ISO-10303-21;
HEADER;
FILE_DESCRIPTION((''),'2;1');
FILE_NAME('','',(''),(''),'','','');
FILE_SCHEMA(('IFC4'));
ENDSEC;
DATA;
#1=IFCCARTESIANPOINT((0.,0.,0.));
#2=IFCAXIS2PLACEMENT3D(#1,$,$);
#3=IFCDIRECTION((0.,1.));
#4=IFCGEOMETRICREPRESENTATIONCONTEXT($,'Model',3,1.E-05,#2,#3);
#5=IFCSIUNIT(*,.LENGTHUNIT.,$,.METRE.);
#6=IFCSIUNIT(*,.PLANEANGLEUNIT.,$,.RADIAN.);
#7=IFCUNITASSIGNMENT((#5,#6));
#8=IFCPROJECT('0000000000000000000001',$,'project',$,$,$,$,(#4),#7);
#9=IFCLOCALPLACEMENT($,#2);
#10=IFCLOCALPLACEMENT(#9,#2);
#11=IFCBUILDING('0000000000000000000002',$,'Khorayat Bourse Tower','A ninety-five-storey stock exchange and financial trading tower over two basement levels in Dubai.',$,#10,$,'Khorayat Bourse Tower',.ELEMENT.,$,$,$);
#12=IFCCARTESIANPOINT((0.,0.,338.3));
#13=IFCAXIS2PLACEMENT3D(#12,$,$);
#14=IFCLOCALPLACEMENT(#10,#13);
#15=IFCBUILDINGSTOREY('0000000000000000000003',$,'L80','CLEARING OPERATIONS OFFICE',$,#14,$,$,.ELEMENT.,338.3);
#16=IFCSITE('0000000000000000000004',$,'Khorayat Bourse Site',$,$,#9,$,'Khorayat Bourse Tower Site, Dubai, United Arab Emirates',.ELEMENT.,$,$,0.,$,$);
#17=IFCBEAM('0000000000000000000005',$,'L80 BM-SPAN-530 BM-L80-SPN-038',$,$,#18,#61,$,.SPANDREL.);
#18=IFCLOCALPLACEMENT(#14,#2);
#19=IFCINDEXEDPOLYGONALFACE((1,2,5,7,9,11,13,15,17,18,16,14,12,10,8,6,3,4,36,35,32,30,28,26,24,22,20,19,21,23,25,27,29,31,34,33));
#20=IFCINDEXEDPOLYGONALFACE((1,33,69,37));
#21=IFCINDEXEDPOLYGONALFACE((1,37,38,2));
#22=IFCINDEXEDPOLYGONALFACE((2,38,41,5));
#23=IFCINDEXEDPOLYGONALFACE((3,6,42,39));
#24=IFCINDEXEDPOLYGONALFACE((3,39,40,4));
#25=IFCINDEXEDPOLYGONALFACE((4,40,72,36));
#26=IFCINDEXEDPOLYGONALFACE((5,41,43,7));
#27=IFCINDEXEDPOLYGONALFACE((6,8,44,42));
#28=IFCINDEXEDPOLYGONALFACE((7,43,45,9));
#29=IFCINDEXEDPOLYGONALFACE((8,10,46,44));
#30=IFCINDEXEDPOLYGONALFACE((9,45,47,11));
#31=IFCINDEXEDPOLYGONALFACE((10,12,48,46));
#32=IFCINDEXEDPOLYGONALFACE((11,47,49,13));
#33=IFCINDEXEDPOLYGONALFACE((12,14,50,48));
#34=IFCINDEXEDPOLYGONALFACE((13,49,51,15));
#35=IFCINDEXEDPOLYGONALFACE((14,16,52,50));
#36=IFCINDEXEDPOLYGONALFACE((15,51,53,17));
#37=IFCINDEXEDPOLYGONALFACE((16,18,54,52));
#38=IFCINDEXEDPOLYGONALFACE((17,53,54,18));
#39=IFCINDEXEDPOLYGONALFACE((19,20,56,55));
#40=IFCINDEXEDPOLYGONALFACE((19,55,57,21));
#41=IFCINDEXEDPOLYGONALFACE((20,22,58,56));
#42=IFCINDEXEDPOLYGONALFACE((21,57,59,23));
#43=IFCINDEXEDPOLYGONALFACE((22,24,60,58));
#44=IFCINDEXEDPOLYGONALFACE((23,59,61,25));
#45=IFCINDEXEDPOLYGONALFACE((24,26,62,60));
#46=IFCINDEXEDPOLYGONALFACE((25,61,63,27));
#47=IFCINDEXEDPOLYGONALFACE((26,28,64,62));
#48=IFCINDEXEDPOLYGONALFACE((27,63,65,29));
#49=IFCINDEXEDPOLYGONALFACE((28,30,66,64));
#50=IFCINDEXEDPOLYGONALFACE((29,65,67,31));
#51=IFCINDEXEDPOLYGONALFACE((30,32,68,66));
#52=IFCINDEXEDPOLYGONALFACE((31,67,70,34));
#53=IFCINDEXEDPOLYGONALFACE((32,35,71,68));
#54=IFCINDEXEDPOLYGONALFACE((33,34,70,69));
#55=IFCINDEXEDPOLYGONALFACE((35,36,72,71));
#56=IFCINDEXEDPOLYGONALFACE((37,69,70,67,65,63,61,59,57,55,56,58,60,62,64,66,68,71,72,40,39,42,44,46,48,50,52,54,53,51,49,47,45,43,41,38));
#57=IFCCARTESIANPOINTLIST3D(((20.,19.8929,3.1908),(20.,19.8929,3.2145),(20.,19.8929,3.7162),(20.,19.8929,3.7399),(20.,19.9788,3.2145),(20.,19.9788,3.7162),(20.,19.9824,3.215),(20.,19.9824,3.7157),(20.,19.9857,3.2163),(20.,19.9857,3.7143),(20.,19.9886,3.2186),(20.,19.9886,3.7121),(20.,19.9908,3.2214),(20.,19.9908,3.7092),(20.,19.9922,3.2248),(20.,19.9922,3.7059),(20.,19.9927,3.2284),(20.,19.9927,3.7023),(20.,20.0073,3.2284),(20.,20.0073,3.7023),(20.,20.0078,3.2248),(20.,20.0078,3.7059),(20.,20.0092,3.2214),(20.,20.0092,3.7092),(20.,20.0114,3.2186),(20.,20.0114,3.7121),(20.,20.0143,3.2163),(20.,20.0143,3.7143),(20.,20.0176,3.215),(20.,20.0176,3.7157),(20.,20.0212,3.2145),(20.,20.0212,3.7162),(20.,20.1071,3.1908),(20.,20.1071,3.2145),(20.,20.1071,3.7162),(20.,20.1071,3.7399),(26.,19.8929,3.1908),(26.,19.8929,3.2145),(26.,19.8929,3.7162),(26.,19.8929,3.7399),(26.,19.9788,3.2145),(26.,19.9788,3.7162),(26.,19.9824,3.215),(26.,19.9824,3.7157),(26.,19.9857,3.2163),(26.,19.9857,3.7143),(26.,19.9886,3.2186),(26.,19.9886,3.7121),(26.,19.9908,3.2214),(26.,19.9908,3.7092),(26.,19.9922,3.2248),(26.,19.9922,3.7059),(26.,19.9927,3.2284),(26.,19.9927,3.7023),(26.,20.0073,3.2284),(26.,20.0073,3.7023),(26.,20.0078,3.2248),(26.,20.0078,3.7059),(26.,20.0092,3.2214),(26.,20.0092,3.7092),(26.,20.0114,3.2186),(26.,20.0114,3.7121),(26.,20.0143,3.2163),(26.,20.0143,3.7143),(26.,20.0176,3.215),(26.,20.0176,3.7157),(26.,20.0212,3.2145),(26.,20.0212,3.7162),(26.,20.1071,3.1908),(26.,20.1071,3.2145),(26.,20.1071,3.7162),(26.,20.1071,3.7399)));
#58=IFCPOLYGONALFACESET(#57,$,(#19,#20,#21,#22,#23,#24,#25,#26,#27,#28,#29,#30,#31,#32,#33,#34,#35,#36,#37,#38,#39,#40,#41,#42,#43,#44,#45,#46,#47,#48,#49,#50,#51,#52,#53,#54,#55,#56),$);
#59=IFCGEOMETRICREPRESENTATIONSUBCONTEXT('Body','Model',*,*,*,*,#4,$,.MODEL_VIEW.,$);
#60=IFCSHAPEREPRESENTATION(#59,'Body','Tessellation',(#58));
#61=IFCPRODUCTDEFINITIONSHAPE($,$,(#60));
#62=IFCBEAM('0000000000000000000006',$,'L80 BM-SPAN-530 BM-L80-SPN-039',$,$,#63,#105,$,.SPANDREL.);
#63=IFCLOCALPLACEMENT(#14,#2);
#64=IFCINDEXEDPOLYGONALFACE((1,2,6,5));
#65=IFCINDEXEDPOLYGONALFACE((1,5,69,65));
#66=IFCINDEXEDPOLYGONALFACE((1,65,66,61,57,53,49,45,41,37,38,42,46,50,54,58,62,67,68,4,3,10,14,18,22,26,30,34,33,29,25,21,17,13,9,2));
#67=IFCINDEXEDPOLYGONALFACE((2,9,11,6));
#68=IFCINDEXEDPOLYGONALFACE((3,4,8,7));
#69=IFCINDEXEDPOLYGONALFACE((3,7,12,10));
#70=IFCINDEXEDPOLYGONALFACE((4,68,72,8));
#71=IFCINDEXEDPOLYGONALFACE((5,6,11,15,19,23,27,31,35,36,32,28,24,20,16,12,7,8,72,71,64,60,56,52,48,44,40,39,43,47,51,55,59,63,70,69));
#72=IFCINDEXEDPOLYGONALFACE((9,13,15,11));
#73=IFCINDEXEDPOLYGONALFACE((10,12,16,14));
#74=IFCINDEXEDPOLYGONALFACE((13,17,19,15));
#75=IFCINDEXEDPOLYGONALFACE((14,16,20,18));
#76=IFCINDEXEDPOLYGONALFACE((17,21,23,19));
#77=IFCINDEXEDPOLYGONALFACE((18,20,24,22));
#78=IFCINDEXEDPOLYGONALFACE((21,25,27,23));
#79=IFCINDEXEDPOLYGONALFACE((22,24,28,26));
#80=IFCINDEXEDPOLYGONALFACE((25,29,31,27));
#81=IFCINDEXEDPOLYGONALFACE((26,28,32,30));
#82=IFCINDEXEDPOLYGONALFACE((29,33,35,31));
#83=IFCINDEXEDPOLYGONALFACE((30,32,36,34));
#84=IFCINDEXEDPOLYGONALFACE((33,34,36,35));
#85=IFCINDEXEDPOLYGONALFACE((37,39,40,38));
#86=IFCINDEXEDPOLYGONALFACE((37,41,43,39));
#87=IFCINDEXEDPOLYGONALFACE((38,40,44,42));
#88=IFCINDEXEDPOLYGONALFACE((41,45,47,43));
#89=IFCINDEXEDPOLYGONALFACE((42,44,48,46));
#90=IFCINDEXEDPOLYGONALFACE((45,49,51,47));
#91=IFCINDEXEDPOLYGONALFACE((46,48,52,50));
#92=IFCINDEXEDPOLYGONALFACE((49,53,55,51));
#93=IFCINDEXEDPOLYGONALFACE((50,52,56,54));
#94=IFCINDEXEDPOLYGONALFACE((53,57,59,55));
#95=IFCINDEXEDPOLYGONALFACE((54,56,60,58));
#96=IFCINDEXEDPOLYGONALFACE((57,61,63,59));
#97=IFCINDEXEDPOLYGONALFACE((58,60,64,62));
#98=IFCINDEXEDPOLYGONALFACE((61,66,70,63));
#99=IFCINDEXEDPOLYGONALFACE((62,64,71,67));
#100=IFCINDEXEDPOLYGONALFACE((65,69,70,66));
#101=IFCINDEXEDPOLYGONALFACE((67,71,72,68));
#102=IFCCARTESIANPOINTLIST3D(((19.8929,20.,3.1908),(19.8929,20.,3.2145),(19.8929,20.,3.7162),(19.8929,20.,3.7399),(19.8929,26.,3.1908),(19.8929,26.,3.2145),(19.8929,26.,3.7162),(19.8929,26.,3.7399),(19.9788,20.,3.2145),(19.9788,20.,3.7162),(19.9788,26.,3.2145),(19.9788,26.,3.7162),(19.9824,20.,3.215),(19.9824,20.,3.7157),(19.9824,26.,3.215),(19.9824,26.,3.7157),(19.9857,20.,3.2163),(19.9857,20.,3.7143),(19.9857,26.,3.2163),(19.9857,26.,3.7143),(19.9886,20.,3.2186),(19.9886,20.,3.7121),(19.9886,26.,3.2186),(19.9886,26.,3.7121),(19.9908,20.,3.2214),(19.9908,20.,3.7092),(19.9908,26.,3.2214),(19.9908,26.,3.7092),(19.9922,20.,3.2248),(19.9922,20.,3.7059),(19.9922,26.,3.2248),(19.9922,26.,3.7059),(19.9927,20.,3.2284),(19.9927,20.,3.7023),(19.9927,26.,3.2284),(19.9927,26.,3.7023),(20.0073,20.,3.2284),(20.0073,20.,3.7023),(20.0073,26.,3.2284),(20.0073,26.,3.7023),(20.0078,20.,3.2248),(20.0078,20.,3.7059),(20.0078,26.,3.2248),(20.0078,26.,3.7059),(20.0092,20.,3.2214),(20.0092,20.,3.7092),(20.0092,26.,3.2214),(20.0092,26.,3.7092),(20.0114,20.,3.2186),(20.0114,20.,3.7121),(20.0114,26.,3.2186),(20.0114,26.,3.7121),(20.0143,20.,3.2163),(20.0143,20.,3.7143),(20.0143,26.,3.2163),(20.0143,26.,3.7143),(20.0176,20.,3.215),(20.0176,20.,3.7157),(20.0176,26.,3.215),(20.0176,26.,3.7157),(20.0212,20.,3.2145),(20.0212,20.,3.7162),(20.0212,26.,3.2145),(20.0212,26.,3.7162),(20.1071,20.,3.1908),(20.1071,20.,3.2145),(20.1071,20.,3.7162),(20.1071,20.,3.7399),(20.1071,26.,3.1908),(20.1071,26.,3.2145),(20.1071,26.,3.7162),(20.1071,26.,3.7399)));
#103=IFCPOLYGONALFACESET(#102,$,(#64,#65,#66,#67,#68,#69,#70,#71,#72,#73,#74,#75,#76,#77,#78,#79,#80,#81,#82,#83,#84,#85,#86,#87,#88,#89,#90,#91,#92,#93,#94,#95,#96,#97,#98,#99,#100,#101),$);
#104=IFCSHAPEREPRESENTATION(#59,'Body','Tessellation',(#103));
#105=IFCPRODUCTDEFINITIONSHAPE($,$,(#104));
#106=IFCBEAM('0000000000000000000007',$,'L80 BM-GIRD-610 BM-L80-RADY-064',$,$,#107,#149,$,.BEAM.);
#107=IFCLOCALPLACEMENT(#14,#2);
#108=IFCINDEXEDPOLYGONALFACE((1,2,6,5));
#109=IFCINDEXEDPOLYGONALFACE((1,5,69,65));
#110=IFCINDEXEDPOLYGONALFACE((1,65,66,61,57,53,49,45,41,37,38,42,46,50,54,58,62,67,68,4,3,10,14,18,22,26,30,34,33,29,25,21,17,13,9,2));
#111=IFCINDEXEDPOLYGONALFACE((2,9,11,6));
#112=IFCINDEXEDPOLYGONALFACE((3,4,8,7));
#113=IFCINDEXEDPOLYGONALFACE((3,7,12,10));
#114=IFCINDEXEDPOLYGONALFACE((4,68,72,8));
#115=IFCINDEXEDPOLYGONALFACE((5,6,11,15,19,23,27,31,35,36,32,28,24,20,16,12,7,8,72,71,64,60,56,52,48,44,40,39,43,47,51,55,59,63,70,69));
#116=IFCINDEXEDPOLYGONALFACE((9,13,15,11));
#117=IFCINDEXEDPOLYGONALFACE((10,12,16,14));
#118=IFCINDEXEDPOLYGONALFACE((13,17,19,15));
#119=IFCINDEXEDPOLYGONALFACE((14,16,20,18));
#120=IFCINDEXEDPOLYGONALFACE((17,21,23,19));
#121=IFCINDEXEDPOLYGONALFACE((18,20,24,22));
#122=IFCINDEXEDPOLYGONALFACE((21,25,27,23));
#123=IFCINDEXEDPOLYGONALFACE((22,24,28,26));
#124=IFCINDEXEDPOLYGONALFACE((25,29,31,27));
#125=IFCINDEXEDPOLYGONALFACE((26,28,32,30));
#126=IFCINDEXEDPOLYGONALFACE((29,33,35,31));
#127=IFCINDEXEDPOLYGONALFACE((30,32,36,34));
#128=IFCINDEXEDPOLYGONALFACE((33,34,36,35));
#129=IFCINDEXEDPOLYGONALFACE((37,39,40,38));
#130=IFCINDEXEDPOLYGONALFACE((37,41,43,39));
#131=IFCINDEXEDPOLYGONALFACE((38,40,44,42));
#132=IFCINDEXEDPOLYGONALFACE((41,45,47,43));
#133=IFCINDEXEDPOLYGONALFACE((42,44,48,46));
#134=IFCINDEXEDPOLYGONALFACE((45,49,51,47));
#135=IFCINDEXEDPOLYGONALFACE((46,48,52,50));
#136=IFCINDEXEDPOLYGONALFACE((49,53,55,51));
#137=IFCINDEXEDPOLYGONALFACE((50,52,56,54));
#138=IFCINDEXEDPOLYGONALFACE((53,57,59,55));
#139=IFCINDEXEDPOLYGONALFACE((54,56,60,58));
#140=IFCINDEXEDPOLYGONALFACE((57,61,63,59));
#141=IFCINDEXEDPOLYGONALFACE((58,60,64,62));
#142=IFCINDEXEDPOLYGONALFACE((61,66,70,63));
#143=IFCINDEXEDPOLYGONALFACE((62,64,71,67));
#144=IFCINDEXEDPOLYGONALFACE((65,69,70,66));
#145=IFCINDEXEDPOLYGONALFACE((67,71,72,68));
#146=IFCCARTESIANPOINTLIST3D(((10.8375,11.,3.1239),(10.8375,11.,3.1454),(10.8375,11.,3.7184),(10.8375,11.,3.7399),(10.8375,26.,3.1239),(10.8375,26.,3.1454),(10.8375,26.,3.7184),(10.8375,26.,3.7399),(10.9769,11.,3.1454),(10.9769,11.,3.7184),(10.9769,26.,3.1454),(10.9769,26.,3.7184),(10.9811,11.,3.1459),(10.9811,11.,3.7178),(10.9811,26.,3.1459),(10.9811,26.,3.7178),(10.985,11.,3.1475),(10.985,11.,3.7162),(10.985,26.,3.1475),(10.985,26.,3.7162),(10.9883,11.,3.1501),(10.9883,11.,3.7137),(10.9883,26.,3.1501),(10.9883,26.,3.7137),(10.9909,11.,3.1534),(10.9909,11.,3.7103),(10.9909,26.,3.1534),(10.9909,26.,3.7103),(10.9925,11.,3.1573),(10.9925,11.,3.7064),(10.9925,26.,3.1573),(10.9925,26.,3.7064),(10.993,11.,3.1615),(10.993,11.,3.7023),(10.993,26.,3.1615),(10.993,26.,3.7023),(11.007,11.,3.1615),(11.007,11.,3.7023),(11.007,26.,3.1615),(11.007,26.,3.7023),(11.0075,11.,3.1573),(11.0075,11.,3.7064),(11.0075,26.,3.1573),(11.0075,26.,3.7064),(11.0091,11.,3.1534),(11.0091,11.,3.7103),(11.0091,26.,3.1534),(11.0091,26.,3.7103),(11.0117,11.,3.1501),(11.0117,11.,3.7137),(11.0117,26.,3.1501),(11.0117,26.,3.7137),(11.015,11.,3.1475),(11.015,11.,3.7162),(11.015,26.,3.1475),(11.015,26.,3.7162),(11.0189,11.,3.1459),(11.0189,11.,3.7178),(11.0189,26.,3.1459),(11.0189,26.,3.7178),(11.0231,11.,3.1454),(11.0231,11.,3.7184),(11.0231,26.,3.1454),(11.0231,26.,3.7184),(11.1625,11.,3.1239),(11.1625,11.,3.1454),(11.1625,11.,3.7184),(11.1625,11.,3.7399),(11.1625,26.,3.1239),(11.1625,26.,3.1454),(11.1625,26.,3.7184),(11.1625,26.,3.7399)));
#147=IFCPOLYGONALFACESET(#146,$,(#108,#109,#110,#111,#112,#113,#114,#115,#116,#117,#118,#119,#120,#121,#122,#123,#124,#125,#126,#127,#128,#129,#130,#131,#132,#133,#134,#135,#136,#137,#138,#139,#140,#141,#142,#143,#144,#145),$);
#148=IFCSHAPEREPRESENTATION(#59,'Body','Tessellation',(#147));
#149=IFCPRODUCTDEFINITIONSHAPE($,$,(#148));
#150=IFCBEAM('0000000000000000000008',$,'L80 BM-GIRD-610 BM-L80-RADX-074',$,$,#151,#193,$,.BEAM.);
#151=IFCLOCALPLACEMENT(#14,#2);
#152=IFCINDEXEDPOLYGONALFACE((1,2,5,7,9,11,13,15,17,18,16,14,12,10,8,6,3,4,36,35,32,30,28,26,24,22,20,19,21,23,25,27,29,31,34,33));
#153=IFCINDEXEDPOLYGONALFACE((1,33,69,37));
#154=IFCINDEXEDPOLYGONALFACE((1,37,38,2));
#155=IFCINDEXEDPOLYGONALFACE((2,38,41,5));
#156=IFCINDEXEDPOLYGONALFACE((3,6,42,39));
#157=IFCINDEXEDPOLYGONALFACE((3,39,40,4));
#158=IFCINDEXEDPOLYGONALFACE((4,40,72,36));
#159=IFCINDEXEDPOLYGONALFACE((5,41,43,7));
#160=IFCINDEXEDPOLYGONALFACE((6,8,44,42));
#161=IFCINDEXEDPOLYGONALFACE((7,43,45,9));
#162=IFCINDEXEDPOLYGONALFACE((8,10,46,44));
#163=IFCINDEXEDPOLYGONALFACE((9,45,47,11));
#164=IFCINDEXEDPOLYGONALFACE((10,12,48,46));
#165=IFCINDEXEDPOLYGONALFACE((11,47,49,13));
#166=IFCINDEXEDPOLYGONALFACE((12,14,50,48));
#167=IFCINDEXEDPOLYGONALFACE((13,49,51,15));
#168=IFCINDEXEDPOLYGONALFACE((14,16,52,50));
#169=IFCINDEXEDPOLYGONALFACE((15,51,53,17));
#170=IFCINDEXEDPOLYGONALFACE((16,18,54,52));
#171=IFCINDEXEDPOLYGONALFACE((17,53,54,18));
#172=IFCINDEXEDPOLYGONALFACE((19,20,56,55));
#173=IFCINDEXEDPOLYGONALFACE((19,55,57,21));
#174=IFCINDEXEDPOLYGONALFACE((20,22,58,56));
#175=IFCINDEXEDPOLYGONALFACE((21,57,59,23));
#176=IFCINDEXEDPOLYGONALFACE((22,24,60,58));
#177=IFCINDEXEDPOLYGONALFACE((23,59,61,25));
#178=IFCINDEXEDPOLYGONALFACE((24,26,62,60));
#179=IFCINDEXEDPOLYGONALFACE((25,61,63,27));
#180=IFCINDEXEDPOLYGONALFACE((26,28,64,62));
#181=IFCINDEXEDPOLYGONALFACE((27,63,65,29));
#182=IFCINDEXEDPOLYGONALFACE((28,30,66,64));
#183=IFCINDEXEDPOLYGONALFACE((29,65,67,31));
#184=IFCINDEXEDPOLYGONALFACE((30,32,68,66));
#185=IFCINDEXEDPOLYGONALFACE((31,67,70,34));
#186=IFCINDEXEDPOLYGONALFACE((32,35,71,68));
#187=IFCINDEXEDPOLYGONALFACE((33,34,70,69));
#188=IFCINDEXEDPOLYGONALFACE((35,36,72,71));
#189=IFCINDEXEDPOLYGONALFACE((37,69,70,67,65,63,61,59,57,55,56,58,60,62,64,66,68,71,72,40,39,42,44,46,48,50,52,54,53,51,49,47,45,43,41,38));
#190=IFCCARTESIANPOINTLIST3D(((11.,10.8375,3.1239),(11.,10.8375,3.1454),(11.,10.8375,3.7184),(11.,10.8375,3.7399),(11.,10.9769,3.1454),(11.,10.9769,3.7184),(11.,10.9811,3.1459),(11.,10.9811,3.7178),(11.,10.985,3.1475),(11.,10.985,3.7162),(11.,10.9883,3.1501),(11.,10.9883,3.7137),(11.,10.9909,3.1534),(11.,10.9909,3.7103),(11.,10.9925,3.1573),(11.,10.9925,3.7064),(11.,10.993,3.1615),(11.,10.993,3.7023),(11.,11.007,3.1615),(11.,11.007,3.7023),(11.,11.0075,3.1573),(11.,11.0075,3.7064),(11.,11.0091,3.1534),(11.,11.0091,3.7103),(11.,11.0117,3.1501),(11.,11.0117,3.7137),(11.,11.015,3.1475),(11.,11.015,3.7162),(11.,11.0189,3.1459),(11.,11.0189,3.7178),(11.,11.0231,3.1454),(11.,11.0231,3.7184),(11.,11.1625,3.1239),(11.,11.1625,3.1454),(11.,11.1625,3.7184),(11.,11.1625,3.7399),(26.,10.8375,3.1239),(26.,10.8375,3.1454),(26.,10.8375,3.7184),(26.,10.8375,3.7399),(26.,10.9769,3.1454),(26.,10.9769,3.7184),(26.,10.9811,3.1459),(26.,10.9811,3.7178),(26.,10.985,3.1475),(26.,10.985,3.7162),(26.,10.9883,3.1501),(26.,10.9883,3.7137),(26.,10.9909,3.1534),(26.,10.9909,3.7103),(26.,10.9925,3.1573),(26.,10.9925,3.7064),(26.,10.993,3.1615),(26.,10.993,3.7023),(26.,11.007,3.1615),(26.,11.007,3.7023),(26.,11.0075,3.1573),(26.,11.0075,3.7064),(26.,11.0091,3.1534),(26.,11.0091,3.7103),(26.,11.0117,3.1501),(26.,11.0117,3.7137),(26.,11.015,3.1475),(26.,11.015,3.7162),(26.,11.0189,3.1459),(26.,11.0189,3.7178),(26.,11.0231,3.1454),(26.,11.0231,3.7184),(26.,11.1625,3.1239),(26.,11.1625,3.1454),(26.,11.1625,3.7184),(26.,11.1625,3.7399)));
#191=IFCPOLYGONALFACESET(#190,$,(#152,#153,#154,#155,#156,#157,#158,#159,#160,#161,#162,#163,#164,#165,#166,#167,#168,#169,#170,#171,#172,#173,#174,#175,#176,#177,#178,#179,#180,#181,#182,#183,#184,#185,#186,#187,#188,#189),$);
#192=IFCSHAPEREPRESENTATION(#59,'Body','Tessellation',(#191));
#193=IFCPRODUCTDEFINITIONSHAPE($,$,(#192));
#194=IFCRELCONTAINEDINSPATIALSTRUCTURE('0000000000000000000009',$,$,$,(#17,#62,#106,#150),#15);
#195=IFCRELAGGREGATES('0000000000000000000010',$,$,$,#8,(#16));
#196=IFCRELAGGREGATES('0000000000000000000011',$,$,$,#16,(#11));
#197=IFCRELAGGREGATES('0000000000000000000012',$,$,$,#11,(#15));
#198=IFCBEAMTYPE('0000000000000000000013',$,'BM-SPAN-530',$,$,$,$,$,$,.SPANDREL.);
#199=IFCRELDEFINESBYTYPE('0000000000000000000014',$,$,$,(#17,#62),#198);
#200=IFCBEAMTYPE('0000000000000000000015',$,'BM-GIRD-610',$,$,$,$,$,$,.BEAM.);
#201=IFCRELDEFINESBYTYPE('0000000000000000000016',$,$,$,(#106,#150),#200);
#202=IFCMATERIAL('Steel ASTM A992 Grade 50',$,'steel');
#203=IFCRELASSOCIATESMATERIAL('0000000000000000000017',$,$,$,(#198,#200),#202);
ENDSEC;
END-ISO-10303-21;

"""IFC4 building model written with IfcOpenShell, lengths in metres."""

from ifc_helpers import new_model, si_unit, direction, frame, origin, origin_2d, place, context, subcontext, project, spatial, i_section, extrude, source, transform, mapped, material, material_profile, profile_set, type_object, element, save


model = new_model("IFC4")

# Units and contexts
model_context = context("Model", 3, precision=1e-05, world=origin(), true_north=direction((0.0, 1.0)))
body_context = subcontext(model_context, "Body", "Model", "MODEL_VIEW")
ifc_project = project(units=[si_unit("LENGTHUNIT", "METRE"), si_unit("PLANEANGLEUNIT", "RADIAN")], contexts=[model_context])

# Site, building, storey
site_placement = place(None, origin())
site = spatial("IfcSite", under=ifc_project, at=site_placement, Name="Khorayat Bourse Site", LongName="Khorayat Bourse Tower Site, Dubai, United Arab Emirates", CompositionType="ELEMENT", RefElevation=0.0)
building_placement = place(site_placement, origin())
building = spatial("IfcBuilding", under=site, at=building_placement, Name="Khorayat Bourse Tower", Description="A ninety-five-storey stock exchange and financial trading tower over two basement levels in Dubai.", LongName="Khorayat Bourse Tower", CompositionType="ELEMENT")
storey_placement = place(building_placement, frame((0.0, 0.0, 338.3)))
storey = spatial("IfcBuildingStorey", under=building, at=storey_placement, Name="L80", Description="CLEARING OPERATIONS OFFICE", CompositionType="ELEMENT", Elevation=338.3)

# Beams
ifc_material_1 = material(Name="Steel ASTM A992 Grade 50", Category="steel")
ifc_material_profile_1 = material_profile(ifc_material_1, i_section(OverallWidth=0.2141, OverallDepth=0.5491, WebThickness=0.0146, FlangeThickness=0.0237, FilletRadius=0.0139, at=origin_2d()), Name="W530X138")
ifc_profile_set_1 = profile_set([ifc_material_profile_1], Name="Steel ASTM A992 Grade 50")
beam_type_1 = type_object("IfcBeamType", Name="BM-SPAN-530", PredefinedType="SPANDREL", material=ifc_profile_set_1)
shared_shape_1 = source(origin(), body_context, "Body", "SweptSolid", [
    extrude(i_section(OverallWidth=0.2141, OverallDepth=0.5491, WebThickness=0.0146, FlangeThickness=0.0237, FilletRadius=0.0139, at=origin_2d()), origin(), (0.0, 0.0, 1.0), 6.0),
])
for number, where, z_axis, x_axis, name in (
    (1, (20.0, 20.0, 3.4653), (1.0, 0.0, 0.0), (0.0, 1.0, 0.0), "L80 BM-SPAN-530 BM-L80-SPN-038"),
    (2, (20.0, 20.0, 3.4653), (0.0, 1.0, 0.0), (-1.0, 0.0, 0.0), "L80 BM-SPAN-530 BM-L80-SPN-039"),
):
    element("IfcBeam", number, at=place(storey_placement, frame(where, z_axis=z_axis, x_axis=x_axis)), inside=storey, type_object=beam_type_1, Name=name, PredefinedType="SPANDREL", context=body_context, shape_type="MappedRepresentation", body=[
        mapped(shared_shape_1, transform((0.0, 0.0, 0.0), scale=1.0)),
    ])
ifc_material_profile_2 = material_profile(ifc_material_1, i_section(OverallWidth=0.325, OverallDepth=0.616, WebThickness=0.0139, FlangeThickness=0.0215, FilletRadius=0.0161, at=origin_2d()), Name="W610X174")
ifc_profile_set_2 = profile_set([ifc_material_profile_2], Name="Steel ASTM A992 Grade 50")
beam_type_2 = type_object("IfcBeamType", Name="BM-GIRD-610", PredefinedType="BEAM", material=ifc_profile_set_2)
shared_shape_2 = source(origin(), body_context, "Body", "SweptSolid", [
    extrude(i_section(OverallWidth=0.325, OverallDepth=0.616, WebThickness=0.0139, FlangeThickness=0.0215, FilletRadius=0.0161, at=origin_2d()), origin(), (0.0, 0.0, 1.0), 15.0),
])
for number, where, z_axis, x_axis, name in (
    (3, (11.0, 11.0, 3.4319), (0.0, 1.0, 0.0), (-1.0, 0.0, 0.0), "L80 BM-GIRD-610 BM-L80-RADY-064"),
    (4, (11.0, 11.0, 3.4319), (1.0, 0.0, 0.0), (0.0, 1.0, 0.0), "L80 BM-GIRD-610 BM-L80-RADX-074"),
):
    element("IfcBeam", number, at=place(storey_placement, frame(where, z_axis=z_axis, x_axis=x_axis)), inside=storey, type_object=beam_type_2, Name=name, PredefinedType="BEAM", context=body_context, shape_type="MappedRepresentation", body=[
        mapped(shared_shape_2, transform((0.0, 0.0, 0.0), scale=1.0)),
    ])

save(model, "model.ifc")
